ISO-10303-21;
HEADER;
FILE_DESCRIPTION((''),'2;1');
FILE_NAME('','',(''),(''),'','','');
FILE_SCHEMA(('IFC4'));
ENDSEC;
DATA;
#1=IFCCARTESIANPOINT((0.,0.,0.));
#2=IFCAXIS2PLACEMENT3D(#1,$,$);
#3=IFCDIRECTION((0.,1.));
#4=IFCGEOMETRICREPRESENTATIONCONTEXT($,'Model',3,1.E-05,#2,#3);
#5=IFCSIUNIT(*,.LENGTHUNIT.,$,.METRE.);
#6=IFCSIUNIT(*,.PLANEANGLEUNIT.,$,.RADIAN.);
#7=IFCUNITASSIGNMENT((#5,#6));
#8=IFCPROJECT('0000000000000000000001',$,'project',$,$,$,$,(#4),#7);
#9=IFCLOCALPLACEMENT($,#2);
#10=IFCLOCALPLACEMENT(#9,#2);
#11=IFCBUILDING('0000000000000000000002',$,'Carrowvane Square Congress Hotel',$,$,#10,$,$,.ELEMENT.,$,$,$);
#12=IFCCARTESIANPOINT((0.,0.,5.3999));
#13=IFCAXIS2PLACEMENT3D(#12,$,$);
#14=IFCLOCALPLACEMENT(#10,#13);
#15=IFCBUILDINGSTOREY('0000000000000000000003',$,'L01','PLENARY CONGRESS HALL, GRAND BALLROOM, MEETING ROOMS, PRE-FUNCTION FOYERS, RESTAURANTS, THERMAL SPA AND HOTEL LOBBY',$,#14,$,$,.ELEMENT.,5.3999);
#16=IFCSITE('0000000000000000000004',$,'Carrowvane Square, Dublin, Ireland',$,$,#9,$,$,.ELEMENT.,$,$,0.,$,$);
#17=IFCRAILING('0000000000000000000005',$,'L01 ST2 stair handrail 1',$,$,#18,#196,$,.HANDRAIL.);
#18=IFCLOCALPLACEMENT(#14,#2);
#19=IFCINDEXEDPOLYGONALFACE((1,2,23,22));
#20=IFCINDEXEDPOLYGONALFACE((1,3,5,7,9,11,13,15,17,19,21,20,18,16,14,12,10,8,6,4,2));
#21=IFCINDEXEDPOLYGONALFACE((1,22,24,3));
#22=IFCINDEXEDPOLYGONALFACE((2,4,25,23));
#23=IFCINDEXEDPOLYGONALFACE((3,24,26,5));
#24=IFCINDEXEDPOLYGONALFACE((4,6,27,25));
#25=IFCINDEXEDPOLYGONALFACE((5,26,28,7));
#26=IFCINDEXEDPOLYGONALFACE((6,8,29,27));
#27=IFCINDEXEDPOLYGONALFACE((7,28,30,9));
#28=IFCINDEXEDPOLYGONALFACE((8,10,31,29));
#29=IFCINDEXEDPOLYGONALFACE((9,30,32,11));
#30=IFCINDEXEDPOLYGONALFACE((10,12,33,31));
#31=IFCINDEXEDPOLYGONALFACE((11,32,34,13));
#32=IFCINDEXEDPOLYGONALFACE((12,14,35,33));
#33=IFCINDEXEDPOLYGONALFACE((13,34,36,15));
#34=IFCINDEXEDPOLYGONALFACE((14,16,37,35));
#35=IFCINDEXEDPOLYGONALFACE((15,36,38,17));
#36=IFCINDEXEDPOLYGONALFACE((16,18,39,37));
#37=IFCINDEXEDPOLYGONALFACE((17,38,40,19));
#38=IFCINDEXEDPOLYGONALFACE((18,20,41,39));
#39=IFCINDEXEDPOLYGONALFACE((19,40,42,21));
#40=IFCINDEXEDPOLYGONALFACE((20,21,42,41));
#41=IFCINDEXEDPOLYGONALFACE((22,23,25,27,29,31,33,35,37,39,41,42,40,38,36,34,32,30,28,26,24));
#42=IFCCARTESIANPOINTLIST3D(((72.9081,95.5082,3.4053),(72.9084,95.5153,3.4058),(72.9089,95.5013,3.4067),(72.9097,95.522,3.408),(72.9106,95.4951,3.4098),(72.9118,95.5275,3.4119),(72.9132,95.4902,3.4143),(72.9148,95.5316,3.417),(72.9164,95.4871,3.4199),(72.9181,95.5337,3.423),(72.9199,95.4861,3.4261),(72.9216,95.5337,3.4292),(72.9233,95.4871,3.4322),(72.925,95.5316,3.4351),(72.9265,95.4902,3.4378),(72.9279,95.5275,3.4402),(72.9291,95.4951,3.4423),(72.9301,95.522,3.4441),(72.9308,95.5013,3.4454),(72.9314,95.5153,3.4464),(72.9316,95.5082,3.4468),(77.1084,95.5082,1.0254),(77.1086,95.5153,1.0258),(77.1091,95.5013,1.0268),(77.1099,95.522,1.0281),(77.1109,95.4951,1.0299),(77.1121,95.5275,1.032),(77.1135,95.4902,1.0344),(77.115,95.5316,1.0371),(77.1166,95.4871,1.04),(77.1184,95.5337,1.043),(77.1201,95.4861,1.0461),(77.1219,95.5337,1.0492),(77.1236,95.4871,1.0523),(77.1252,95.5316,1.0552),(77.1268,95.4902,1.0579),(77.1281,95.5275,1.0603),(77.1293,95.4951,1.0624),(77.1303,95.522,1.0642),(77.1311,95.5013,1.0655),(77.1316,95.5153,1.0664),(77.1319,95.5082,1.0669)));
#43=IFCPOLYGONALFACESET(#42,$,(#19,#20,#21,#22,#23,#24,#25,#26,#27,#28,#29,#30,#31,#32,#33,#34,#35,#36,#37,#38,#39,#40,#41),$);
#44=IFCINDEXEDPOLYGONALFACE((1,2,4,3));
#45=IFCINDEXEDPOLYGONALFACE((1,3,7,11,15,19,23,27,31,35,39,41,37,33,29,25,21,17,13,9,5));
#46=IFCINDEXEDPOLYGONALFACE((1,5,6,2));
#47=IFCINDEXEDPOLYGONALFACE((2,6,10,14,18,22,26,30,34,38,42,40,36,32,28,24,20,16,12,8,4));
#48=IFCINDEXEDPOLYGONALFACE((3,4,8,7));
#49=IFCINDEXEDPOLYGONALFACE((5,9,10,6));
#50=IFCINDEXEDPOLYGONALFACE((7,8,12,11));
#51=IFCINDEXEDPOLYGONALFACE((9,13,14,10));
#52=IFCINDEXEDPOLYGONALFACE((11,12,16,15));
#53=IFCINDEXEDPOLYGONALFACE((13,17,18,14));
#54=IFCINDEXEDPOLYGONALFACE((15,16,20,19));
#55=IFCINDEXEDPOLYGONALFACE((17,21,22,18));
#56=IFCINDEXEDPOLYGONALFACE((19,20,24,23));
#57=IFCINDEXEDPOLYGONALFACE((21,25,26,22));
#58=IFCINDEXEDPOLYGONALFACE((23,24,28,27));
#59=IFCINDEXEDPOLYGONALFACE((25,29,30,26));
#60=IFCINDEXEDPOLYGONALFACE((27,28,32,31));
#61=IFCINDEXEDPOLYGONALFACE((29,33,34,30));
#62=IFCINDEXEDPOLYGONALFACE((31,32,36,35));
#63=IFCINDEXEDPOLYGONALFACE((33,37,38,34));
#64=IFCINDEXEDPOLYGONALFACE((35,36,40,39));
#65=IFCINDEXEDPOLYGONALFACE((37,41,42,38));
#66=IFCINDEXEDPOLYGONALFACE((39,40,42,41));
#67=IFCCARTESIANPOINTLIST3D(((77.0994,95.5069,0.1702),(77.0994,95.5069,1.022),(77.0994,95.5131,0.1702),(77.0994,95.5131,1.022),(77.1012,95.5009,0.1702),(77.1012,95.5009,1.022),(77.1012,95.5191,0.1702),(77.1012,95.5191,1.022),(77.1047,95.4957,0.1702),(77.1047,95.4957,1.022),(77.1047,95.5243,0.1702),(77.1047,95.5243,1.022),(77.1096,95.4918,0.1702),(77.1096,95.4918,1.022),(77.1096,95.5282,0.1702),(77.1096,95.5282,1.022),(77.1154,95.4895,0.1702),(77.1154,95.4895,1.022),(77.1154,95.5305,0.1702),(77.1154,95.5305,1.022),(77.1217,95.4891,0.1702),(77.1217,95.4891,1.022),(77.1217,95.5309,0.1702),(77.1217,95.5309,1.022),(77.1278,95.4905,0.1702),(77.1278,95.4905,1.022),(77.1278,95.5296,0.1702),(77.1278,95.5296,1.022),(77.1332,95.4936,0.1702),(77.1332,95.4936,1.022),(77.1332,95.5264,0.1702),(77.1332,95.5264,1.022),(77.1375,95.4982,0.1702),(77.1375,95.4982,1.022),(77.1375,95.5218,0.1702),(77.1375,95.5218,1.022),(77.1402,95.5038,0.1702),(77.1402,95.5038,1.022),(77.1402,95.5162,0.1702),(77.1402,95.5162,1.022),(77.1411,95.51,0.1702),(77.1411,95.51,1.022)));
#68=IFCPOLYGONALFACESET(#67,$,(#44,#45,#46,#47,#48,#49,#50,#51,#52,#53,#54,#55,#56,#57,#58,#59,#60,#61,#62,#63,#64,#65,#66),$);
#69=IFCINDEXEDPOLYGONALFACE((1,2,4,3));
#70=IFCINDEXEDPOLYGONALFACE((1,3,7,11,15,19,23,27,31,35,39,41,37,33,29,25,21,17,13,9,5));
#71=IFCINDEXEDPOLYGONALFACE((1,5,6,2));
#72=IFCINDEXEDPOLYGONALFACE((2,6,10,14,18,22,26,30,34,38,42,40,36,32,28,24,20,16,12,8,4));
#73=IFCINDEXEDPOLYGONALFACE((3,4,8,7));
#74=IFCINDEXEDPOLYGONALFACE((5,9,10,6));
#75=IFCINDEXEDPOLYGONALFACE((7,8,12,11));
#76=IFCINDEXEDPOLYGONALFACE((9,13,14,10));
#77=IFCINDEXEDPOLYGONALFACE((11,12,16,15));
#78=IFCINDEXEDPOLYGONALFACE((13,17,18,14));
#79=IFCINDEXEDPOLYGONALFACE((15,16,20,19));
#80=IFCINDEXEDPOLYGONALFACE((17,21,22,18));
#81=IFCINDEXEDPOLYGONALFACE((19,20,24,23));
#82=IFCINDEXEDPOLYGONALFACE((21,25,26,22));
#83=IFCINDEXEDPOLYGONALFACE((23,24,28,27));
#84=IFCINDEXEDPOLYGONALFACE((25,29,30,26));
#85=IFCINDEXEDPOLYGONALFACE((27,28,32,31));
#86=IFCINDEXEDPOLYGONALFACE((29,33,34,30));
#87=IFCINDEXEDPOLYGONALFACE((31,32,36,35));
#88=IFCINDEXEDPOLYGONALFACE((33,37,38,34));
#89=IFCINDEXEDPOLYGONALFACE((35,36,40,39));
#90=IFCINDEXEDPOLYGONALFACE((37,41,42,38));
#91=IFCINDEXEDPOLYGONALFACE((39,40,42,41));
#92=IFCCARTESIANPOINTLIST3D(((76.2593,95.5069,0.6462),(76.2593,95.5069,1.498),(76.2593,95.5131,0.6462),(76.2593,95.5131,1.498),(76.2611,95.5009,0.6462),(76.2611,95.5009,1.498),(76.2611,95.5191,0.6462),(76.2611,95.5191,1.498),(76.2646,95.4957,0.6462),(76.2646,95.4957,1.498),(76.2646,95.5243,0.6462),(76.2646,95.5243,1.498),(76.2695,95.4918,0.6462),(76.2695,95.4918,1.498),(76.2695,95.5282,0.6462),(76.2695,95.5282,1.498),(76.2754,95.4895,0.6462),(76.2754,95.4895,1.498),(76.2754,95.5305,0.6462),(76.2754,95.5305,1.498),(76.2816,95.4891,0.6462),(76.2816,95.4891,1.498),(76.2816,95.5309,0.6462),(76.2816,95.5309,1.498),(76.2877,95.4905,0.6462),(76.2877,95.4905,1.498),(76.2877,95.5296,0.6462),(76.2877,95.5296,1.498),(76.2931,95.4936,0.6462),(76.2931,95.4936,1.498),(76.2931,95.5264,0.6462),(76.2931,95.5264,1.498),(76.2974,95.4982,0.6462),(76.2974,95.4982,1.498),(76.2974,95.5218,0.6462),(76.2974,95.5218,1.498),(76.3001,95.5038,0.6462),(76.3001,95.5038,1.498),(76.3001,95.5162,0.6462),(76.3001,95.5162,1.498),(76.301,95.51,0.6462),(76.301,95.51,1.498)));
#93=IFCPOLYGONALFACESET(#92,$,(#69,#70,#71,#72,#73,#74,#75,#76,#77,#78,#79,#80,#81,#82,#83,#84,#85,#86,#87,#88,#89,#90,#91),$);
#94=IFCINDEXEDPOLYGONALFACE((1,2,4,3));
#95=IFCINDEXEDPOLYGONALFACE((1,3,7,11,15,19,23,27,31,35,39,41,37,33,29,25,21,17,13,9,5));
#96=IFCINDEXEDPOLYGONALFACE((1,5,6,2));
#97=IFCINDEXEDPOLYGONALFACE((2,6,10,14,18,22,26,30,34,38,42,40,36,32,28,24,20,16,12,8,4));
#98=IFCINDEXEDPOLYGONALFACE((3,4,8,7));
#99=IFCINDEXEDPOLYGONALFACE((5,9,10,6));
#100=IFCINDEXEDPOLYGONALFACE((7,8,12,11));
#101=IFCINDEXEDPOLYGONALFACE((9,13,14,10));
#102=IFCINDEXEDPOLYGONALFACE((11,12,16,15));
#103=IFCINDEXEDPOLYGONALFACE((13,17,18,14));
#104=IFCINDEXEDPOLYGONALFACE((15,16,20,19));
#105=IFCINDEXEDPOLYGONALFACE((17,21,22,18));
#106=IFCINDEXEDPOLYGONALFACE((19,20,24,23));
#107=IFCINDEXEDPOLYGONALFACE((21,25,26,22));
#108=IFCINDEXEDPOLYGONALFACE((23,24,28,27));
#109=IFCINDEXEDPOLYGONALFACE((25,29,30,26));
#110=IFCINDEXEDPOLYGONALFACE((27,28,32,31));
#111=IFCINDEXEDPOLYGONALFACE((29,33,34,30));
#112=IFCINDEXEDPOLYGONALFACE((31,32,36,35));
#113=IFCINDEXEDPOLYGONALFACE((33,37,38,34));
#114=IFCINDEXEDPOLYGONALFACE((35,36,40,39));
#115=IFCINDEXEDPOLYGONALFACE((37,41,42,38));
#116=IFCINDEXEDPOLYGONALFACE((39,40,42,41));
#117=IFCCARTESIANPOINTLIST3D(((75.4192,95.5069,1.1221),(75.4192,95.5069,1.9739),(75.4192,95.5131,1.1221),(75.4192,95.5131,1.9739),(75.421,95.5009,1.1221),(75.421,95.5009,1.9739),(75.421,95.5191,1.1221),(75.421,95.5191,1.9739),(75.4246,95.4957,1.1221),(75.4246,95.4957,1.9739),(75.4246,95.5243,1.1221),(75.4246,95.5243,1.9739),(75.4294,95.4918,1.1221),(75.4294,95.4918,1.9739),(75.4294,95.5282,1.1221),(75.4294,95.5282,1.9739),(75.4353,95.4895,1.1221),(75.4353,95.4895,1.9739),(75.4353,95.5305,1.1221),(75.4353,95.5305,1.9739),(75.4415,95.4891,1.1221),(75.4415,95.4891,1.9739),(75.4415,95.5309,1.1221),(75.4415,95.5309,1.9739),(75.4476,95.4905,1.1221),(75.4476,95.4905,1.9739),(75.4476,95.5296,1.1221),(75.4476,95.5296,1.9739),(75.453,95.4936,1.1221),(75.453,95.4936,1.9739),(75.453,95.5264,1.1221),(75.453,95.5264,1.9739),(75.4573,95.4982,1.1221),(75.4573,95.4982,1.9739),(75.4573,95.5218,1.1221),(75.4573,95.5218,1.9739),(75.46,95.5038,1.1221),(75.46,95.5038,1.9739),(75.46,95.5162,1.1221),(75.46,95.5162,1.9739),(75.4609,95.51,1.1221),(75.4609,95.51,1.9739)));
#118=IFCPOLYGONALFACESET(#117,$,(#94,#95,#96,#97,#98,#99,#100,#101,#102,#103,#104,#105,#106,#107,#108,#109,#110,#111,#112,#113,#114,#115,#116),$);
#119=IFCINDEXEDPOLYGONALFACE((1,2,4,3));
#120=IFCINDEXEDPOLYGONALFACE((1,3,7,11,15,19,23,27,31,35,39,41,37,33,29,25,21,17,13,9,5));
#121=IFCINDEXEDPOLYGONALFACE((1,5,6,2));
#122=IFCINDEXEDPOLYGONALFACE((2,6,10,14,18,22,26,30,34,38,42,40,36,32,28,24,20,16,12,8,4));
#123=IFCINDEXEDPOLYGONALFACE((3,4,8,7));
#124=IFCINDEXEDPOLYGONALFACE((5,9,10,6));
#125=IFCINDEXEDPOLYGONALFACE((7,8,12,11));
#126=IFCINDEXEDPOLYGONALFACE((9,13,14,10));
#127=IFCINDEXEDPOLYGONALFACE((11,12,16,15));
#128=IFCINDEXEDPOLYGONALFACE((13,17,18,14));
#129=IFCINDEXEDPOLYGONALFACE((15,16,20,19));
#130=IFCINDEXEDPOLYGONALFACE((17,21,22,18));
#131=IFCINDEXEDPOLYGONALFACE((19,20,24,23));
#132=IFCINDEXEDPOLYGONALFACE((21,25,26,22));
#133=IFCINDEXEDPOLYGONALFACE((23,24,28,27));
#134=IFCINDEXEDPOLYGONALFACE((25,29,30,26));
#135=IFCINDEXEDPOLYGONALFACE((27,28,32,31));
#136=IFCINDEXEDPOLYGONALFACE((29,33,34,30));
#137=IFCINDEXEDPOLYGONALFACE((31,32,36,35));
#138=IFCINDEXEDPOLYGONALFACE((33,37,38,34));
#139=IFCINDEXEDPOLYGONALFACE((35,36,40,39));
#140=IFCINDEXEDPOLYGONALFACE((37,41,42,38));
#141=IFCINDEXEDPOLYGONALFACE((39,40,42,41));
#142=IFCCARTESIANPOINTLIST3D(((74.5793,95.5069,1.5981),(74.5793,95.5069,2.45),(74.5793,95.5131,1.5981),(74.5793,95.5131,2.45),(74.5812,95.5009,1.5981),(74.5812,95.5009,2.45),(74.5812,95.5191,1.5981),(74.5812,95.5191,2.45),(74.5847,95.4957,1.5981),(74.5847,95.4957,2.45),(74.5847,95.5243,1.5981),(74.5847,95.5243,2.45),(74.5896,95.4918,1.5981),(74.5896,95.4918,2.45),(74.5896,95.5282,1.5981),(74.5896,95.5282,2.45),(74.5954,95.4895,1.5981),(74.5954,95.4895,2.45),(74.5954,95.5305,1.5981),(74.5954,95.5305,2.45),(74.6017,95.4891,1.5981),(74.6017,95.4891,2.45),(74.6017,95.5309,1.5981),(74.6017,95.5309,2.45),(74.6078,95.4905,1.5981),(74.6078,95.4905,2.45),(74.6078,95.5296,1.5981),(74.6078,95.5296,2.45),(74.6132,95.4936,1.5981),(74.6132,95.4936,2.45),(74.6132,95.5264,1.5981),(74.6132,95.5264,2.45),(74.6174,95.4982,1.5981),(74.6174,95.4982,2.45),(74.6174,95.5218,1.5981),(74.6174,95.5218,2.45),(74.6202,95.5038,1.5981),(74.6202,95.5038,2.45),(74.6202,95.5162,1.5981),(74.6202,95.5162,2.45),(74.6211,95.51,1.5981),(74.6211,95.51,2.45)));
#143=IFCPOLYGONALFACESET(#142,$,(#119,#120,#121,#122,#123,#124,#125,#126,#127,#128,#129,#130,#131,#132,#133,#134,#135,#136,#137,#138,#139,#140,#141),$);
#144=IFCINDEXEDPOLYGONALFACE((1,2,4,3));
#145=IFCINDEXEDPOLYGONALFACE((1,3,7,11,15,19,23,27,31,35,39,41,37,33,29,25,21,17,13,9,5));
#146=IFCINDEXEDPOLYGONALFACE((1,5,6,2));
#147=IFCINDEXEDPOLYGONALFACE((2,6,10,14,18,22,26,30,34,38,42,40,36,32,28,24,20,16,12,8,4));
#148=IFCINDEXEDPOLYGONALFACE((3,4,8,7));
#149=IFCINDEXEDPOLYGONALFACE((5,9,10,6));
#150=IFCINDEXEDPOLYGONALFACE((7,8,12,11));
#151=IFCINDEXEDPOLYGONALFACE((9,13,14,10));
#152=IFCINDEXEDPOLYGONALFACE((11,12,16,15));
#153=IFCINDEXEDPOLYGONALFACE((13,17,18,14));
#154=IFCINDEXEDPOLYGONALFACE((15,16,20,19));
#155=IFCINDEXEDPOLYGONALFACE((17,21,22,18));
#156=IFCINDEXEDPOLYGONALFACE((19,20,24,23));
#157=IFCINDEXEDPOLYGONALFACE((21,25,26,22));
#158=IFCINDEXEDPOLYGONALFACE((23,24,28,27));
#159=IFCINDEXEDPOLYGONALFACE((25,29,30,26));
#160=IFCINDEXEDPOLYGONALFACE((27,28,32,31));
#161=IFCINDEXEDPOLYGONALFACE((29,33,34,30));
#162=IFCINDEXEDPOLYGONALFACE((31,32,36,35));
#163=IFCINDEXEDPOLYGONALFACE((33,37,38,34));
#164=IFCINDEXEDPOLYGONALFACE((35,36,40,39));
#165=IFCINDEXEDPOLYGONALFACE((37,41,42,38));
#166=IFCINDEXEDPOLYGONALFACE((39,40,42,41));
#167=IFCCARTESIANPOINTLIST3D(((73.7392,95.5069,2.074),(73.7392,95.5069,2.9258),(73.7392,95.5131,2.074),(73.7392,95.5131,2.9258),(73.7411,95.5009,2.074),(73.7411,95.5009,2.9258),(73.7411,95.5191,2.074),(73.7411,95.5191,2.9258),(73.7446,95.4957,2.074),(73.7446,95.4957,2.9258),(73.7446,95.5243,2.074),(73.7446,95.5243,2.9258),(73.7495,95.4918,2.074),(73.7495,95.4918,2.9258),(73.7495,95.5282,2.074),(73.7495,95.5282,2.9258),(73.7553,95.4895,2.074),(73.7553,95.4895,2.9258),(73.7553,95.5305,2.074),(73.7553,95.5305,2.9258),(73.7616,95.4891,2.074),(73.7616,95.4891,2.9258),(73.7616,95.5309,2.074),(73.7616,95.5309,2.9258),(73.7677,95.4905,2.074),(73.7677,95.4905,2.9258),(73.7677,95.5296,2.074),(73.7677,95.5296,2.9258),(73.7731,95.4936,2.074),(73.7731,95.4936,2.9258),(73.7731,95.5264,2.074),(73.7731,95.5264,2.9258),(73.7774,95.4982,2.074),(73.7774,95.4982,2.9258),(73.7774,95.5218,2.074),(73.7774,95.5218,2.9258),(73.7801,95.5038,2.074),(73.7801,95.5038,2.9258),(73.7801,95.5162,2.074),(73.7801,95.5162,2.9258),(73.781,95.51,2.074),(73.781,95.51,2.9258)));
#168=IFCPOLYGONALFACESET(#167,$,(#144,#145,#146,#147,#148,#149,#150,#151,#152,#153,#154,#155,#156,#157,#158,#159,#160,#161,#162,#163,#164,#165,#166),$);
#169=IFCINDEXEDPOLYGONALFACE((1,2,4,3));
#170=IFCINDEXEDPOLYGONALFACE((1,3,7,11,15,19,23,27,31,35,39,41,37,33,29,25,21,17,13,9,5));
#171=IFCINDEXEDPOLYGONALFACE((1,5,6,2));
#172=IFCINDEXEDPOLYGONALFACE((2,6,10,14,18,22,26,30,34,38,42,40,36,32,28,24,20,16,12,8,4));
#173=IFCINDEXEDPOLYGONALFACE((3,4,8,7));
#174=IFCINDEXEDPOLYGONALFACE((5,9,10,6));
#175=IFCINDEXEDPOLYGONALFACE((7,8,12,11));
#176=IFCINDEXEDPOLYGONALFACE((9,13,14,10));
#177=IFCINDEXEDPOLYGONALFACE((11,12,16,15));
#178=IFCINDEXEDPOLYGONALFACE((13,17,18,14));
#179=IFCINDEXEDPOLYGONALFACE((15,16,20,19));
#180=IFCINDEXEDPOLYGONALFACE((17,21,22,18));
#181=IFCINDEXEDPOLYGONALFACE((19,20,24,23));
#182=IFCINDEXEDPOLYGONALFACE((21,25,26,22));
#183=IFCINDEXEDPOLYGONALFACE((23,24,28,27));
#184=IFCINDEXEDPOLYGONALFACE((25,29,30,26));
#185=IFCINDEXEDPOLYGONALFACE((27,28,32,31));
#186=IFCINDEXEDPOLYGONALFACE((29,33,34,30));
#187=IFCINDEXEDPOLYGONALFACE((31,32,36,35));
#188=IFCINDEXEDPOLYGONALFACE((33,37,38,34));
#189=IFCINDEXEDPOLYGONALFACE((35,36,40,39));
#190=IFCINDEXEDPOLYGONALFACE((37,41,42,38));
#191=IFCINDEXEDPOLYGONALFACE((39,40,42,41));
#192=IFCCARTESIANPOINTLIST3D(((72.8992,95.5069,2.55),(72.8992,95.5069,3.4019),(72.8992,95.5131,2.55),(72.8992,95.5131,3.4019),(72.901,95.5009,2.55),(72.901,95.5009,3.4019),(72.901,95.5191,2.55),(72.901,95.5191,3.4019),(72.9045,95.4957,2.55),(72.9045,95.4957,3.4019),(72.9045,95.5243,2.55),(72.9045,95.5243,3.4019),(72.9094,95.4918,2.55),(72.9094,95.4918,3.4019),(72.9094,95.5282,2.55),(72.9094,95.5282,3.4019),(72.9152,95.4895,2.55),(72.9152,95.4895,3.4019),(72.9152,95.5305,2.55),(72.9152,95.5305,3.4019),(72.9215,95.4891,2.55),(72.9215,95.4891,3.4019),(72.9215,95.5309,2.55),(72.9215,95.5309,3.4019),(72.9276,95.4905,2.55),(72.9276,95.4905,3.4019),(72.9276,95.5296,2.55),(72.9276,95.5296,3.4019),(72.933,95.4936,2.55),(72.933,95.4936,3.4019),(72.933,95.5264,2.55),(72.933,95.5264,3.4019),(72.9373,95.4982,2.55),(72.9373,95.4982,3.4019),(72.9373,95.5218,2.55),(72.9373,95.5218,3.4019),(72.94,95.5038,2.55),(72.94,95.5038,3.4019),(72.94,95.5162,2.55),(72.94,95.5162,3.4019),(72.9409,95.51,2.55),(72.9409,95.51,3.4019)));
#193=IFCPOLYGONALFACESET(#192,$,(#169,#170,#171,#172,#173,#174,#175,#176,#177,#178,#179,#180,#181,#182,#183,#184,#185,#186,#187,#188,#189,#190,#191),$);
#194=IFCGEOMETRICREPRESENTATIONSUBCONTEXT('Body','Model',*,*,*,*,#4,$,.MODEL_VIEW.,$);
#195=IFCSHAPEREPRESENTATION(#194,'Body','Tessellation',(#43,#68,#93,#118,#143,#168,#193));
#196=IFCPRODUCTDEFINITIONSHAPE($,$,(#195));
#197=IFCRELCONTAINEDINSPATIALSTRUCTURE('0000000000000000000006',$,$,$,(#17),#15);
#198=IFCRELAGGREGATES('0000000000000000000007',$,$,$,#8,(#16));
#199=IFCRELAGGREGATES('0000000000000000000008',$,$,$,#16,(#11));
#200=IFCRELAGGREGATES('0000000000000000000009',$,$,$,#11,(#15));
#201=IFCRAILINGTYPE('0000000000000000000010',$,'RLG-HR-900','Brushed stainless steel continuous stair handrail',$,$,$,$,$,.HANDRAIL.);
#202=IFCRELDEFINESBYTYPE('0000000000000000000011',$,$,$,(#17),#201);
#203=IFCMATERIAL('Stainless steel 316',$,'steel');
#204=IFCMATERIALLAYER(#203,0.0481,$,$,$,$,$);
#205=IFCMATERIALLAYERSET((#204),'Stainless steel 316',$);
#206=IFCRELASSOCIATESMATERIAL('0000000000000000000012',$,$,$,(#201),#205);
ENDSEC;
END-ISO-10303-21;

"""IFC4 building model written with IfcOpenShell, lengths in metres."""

from ifc_helpers import new_model, si_unit, direction, frame, origin, origin_2d, place, context, subcontext, project, spatial, circle, extrude, material, layer, layer_set, type_object, element, save


model = new_model("IFC4")

# Units and contexts
model_context = context("Model", 3, precision=1e-05, world=origin(), true_north=direction((0.0, 1.0)))
body_context = subcontext(model_context, "Body", "Model", "MODEL_VIEW")
ifc_project = project(units=[si_unit("LENGTHUNIT", "METRE"), si_unit("PLANEANGLEUNIT", "RADIAN")], contexts=[model_context])

# Site, building, storey
site_placement = place(None, origin())
site = spatial("IfcSite", under=ifc_project, at=site_placement, Name="Carrowvane Square, Dublin, Ireland", CompositionType="ELEMENT", RefElevation=0.0)
building_placement = place(site_placement, origin())
building = spatial("IfcBuilding", under=site, at=building_placement, Name="Carrowvane Square Congress Hotel", CompositionType="ELEMENT")
storey_placement = place(building_placement, frame((0.0, 0.0, 5.3999)))
storey = spatial("IfcBuildingStorey", under=building, at=storey_placement, Name="L01", Description="PLENARY CONGRESS HALL, GRAND BALLROOM, MEETING ROOMS, PRE-FUNCTION FOYERS, RESTAURANTS, THERMAL SPA AND HOTEL LOBBY", CompositionType="ELEMENT", Elevation=5.3999)

# Railing
ifc_material_1 = material(Name="Stainless steel 316", Category="steel")
ifc_layer_1 = layer(ifc_material_1, 0.0481)
ifc_layer_set_1 = layer_set([ifc_layer_1], Name="Stainless steel 316")
railing_type_1 = type_object("IfcRailingType", Name="RLG-HR-900", Description="Brushed stainless steel continuous stair handrail", PredefinedType="HANDRAIL", material=ifc_layer_set_1)
railing_1_placement = place(storey_placement, frame((77.1201, 95.51, 0.1702)))
element("IfcRailing", 1, at=railing_1_placement, inside=storey, type_object=railing_type_1, Name="L01 ST2 stair handrail 1", PredefinedType="HANDRAIL", context=body_context, shape_type="SweptSolid", body=[
    extrude(circle(Radius=0.0239, at=origin_2d()), frame((0.0, 0.0, 0.876), z_axis=(-0.870042, 0.0, 0.492977), x_axis=(0.0, -1.0, 0.0)), (0.0, 0.0, 1.0), 4.8276),
    extrude(circle(Radius=0.021, at=origin_2d()), origin(), (0.0, 0.0, 1.0), 0.8518),
    extrude(circle(Radius=0.021, at=origin_2d()), frame((-0.8401, 0.0, 0.4761)), (0.0, 0.0, 1.0), 0.8518),
    extrude(circle(Radius=0.021, at=origin_2d()), frame((-1.6802, 0.0, 0.9519)), (0.0, 0.0, 1.0), 0.8518),
    extrude(circle(Radius=0.021, at=origin_2d()), frame((-2.52, 0.0, 1.428)), (0.0, 0.0, 1.0), 0.8518),
    extrude(circle(Radius=0.021, at=origin_2d()), frame((-3.3601, 0.0, 1.9038)), (0.0, 0.0, 1.0), 0.8518),
    extrude(circle(Radius=0.021, at=origin_2d()), frame((-4.2002, 0.0, 2.3799)), (0.0, 0.0, 1.0), 0.8518),
])

save(model, "model.ifc")
